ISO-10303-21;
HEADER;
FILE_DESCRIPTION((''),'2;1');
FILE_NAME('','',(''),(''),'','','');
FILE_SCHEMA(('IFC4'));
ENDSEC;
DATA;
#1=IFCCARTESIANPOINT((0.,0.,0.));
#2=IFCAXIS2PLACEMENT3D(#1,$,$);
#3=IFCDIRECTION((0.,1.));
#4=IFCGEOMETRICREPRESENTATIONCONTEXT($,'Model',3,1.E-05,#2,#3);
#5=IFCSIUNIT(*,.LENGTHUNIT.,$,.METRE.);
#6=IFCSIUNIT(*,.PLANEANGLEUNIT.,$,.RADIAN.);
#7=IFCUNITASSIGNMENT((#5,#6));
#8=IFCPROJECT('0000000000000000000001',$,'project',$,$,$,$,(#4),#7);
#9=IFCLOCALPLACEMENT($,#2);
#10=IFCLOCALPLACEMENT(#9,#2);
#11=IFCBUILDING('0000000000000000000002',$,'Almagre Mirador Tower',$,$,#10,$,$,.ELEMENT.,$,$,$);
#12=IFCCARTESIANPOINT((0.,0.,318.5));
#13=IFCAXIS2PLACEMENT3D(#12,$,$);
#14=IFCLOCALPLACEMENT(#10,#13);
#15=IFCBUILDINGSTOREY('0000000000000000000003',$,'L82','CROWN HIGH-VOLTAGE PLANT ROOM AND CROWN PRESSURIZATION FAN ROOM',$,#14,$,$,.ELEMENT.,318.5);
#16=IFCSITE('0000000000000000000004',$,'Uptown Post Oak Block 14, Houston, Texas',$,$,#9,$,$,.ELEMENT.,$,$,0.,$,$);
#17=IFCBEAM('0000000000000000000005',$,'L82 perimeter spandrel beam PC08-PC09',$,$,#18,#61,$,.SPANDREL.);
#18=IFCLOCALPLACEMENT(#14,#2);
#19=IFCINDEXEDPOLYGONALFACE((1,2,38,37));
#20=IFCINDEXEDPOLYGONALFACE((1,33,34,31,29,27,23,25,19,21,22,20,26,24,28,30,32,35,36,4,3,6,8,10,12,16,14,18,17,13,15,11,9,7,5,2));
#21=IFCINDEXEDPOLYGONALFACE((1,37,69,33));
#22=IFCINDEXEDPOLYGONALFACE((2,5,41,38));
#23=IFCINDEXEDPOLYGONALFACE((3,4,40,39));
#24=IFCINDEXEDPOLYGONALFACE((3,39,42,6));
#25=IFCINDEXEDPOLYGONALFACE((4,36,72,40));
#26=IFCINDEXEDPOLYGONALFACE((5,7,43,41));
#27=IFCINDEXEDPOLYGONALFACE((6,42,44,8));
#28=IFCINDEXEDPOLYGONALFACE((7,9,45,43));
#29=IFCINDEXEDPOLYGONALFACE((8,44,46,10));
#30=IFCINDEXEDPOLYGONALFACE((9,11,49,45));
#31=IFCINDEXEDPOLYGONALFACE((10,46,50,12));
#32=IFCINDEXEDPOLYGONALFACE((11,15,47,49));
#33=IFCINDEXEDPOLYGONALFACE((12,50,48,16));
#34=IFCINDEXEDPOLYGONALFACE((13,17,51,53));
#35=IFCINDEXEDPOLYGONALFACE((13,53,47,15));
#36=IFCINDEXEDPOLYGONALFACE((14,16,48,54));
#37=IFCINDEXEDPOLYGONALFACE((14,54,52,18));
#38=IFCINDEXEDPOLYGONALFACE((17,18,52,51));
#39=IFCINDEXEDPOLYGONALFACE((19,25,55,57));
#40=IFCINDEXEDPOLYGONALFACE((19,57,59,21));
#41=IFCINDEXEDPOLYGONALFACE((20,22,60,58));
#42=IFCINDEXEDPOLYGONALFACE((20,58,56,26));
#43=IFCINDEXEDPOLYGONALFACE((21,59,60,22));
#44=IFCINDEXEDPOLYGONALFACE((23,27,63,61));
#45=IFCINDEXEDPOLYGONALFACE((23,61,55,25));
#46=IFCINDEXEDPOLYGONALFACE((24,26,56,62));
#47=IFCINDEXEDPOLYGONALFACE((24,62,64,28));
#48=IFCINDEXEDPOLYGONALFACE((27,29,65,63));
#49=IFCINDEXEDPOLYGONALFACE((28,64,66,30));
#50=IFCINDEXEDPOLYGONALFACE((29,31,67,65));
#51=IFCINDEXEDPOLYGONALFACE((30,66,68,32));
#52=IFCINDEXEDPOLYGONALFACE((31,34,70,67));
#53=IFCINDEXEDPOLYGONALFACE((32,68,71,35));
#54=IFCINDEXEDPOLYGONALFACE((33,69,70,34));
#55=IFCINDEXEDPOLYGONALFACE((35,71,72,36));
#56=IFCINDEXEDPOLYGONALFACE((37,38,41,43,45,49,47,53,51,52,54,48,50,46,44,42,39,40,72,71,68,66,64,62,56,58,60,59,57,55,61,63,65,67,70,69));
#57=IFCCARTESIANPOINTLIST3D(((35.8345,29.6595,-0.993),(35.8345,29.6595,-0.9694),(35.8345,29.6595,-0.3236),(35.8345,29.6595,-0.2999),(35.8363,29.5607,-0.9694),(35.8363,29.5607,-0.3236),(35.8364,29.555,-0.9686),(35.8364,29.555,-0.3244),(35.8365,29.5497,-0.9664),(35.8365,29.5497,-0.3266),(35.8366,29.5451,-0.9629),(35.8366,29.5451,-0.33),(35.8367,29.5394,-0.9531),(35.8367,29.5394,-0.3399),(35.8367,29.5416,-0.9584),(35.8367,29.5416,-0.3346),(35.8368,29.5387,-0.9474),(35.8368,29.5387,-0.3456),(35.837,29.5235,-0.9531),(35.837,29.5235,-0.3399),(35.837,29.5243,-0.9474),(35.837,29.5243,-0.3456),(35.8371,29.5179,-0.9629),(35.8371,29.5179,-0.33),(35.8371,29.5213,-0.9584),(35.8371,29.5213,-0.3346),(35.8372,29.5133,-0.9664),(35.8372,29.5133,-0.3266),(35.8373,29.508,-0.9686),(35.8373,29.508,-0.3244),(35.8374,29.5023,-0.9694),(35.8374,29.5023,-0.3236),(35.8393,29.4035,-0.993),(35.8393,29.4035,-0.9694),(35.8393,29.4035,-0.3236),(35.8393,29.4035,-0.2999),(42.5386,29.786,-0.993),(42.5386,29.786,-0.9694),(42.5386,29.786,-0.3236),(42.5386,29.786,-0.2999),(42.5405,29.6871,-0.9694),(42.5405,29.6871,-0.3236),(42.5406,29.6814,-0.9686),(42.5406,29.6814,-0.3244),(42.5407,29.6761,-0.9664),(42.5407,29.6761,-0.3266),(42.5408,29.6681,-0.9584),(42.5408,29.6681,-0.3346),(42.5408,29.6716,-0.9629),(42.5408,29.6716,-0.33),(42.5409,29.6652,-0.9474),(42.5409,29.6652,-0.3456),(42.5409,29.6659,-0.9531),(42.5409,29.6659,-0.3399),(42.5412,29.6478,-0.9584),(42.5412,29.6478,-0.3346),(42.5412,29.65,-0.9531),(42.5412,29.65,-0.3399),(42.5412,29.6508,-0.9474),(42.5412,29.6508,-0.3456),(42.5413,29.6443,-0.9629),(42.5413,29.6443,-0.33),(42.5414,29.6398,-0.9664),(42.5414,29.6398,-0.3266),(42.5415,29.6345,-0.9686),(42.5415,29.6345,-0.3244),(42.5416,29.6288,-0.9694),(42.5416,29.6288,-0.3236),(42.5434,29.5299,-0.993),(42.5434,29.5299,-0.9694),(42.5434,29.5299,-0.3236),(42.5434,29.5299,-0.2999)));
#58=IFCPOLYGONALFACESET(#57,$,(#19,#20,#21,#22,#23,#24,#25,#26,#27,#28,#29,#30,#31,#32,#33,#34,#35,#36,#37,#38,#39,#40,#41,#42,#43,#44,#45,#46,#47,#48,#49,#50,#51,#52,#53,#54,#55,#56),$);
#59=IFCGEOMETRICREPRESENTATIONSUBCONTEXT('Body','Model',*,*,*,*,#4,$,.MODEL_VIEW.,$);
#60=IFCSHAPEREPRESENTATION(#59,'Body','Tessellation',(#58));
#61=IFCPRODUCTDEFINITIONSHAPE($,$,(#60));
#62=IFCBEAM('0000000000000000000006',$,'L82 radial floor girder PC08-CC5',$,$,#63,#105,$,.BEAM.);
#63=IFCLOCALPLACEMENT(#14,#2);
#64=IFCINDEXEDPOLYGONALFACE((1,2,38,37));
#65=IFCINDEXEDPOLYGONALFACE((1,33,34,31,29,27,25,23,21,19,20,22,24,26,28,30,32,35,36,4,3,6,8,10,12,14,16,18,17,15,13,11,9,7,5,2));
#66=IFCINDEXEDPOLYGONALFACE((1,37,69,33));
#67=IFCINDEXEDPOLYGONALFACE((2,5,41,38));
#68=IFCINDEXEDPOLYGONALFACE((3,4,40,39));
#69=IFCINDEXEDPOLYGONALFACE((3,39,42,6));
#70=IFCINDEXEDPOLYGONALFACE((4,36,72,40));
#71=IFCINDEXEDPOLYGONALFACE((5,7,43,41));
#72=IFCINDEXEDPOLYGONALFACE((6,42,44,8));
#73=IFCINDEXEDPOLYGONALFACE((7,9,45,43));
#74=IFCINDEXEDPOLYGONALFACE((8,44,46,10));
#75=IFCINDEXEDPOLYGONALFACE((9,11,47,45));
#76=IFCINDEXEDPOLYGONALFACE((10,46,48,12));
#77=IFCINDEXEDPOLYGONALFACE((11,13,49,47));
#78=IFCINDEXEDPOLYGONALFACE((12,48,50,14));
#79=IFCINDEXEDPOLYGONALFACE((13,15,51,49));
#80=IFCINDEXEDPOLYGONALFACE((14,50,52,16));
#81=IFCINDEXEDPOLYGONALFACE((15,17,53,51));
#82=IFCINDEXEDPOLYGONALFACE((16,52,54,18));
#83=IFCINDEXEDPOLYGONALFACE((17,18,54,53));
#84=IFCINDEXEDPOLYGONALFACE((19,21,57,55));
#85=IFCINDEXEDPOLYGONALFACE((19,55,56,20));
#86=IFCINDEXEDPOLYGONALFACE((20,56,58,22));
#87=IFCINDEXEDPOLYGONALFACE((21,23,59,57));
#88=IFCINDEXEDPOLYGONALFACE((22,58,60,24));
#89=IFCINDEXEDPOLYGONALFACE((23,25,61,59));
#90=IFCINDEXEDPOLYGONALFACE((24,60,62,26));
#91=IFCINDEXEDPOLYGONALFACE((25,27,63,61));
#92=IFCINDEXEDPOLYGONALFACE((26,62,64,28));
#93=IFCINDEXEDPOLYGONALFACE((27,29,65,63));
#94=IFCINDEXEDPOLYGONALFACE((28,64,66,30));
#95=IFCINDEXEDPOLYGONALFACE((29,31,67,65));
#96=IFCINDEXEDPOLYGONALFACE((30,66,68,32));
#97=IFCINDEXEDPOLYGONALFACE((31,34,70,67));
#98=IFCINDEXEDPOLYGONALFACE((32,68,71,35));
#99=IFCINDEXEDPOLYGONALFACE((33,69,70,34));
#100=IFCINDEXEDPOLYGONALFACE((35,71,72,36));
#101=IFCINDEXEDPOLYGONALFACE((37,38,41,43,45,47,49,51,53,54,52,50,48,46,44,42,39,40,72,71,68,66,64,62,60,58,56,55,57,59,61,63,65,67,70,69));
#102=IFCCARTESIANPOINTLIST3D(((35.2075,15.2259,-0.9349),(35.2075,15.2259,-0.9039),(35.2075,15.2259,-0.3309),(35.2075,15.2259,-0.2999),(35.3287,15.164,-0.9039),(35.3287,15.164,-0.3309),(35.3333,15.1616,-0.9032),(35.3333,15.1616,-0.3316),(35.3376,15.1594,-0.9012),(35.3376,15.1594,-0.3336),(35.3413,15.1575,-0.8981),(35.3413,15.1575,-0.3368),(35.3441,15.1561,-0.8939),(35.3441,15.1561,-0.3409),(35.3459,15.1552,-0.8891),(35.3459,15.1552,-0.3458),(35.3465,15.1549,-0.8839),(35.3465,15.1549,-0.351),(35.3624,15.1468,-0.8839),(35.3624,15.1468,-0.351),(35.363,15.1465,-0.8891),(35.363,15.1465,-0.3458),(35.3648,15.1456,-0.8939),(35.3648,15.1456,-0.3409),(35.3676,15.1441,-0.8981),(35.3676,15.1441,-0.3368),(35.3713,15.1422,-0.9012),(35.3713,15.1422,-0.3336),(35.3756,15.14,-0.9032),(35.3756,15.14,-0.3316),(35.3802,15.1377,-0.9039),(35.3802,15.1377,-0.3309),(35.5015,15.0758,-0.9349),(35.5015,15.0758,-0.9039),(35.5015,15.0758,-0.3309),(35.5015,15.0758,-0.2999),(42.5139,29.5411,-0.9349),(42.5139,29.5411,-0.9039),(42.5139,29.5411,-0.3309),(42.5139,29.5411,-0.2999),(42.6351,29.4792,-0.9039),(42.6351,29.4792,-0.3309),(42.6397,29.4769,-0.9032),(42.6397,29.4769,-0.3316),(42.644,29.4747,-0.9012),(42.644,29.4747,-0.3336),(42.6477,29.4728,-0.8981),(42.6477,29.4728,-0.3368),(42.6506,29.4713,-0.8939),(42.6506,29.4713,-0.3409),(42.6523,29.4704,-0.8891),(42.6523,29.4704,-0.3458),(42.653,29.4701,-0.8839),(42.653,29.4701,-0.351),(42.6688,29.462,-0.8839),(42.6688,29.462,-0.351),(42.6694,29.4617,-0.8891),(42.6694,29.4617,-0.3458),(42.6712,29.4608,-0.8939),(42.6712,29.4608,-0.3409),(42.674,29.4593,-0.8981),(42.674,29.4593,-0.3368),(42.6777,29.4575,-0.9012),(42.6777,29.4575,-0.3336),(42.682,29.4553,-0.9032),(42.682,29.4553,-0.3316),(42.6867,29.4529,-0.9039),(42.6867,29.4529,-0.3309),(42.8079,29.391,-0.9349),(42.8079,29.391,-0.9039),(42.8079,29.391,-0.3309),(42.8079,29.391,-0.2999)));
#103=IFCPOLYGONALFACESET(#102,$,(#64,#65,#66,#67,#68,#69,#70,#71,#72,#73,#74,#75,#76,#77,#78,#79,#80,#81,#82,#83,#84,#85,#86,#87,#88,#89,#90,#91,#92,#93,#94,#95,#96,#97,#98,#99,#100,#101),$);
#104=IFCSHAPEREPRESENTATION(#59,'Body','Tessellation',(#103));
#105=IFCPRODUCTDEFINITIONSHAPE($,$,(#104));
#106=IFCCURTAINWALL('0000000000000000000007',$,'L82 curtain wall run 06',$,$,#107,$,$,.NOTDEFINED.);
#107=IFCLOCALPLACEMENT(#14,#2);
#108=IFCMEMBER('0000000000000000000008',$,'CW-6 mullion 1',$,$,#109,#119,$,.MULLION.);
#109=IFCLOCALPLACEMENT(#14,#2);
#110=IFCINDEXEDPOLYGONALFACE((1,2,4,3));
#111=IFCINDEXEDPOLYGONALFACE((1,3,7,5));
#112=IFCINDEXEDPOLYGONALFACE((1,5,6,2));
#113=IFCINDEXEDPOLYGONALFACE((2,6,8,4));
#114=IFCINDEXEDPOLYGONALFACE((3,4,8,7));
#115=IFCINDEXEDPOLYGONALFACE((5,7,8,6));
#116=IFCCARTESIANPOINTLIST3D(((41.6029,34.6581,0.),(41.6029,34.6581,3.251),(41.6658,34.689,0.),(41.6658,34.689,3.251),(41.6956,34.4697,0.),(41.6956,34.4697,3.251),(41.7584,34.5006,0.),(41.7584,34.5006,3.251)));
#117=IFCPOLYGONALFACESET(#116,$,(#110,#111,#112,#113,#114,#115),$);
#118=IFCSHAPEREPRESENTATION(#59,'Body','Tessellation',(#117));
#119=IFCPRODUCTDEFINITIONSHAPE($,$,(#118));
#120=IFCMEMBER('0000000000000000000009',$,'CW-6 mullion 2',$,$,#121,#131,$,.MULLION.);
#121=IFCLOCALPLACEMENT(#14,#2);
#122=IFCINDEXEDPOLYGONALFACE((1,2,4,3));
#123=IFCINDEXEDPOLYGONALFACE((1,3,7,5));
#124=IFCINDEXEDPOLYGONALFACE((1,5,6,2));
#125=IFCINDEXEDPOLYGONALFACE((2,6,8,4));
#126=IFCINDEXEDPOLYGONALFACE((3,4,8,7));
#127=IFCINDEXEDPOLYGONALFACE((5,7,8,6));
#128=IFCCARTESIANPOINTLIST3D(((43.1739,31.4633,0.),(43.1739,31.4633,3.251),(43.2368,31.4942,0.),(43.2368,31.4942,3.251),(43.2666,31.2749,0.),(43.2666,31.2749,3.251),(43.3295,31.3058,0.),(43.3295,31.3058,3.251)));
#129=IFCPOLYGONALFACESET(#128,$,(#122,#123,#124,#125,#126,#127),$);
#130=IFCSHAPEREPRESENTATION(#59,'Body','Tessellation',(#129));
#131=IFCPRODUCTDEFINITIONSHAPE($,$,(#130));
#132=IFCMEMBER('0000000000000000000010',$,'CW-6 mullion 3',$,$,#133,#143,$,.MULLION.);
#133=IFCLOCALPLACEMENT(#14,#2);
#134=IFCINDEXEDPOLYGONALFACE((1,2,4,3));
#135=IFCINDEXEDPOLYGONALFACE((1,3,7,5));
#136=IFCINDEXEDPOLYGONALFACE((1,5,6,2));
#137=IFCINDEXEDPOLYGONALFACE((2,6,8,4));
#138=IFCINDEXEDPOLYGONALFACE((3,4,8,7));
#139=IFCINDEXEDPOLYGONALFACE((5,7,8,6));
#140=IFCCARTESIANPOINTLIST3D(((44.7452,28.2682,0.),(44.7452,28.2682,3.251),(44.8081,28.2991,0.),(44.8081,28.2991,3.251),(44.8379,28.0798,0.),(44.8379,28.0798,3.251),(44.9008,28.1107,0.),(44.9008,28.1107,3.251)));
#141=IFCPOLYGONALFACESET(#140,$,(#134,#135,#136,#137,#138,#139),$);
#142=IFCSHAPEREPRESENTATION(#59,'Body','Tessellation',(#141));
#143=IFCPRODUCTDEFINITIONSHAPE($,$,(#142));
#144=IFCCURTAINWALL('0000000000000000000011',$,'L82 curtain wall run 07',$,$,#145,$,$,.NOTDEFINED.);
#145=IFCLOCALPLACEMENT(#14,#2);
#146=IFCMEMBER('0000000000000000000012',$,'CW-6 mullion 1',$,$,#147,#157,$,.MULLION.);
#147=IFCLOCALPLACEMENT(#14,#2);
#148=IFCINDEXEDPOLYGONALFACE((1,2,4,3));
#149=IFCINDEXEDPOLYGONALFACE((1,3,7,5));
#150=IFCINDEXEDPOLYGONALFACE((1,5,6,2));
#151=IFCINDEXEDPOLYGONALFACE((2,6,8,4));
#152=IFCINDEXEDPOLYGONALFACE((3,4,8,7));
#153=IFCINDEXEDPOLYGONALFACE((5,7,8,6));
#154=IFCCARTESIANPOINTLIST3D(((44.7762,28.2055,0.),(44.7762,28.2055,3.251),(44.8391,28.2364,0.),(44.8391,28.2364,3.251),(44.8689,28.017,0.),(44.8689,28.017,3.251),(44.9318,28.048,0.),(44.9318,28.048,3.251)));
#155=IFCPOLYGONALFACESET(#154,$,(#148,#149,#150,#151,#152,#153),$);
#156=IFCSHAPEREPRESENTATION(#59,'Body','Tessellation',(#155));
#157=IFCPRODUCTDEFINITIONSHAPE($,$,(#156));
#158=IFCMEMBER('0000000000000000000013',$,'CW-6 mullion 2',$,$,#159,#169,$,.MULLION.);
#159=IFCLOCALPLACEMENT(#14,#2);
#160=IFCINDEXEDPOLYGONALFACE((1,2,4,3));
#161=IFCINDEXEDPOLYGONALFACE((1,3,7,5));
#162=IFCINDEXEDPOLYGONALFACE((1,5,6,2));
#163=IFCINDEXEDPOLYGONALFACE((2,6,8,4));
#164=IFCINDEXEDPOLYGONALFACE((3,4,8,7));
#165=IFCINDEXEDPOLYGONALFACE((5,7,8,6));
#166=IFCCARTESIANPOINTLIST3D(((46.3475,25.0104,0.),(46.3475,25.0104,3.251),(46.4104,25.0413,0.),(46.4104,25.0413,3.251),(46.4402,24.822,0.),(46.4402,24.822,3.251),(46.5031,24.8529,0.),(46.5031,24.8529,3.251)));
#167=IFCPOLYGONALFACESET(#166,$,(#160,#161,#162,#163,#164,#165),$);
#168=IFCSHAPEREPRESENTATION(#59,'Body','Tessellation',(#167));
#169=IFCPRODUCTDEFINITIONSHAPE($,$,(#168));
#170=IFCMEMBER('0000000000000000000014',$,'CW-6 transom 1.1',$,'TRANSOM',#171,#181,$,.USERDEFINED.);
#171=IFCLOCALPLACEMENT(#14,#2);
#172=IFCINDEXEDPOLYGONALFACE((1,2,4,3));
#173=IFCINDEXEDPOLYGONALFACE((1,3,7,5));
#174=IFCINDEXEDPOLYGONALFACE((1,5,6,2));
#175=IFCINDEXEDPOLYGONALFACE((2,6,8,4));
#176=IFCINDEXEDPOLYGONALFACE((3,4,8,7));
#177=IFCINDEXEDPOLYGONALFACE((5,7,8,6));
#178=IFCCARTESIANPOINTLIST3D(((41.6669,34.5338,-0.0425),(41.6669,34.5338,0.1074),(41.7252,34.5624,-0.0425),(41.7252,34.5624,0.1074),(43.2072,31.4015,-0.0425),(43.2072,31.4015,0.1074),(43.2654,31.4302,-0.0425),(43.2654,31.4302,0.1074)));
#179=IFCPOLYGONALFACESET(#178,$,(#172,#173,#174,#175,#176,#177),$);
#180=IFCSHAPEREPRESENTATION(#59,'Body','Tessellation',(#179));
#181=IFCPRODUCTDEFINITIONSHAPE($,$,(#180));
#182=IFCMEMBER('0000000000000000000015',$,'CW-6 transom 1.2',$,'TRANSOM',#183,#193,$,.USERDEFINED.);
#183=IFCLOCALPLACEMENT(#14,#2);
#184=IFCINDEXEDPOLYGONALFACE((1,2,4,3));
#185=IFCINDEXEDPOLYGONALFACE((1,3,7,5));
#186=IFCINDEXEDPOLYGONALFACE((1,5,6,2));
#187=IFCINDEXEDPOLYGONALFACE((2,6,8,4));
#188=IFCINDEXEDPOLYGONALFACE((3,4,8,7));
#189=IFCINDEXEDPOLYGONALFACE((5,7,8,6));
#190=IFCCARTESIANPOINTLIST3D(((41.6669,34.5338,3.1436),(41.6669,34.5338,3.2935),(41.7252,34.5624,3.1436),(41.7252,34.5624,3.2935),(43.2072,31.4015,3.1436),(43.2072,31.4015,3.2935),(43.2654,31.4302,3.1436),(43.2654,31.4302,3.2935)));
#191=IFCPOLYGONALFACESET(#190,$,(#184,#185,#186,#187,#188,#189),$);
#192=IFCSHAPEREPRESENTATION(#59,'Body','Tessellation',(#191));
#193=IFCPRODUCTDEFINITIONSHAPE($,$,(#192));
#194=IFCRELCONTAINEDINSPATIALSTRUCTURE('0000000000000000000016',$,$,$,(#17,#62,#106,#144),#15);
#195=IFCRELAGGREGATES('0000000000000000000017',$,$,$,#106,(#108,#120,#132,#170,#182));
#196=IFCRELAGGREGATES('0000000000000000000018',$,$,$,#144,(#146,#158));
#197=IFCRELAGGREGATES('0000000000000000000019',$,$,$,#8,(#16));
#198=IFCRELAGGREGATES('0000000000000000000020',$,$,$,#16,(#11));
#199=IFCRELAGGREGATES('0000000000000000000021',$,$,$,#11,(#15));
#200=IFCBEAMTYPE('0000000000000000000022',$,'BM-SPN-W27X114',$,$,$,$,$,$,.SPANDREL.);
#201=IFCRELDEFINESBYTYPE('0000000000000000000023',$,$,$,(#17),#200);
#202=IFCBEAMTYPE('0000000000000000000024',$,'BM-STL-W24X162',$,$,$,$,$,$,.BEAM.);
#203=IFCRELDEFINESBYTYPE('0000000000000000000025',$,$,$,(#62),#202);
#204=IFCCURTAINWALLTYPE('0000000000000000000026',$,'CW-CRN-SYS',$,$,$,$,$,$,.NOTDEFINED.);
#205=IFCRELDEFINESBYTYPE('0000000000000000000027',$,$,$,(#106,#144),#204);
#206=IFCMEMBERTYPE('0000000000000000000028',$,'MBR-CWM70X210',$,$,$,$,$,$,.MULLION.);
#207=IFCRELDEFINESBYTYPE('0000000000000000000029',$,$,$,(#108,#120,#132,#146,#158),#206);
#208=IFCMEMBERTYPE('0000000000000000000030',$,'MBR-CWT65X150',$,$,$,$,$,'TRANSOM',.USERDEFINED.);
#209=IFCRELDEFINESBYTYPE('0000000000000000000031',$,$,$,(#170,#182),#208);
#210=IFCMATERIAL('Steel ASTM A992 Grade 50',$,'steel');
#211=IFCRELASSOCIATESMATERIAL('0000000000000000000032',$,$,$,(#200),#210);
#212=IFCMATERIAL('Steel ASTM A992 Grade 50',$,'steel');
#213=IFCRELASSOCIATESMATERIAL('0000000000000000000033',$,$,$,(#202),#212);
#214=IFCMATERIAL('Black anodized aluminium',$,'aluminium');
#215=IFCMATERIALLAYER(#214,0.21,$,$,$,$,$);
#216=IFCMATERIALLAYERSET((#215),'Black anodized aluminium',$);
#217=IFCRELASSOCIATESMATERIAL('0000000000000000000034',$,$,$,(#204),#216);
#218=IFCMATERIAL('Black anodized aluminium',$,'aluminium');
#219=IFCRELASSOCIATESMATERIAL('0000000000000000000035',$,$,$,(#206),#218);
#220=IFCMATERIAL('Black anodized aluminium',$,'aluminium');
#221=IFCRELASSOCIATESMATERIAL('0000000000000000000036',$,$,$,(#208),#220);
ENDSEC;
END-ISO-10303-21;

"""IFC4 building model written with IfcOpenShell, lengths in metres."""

from ifc_helpers import new_model, si_unit, direction, frame, origin, origin_2d, place, context, subcontext, project, spatial, rectangle, i_section, extrude, material, layer, layer_set, material_profile, profile_set, type_object, element, aggregate, save


model = new_model("IFC4")

# Units and contexts
model_context = context("Model", 3, precision=1e-05, world=origin(), true_north=direction((0.0, 1.0)))
body_context = subcontext(model_context, "Body", "Model", "MODEL_VIEW")
ifc_project = project(units=[si_unit("LENGTHUNIT", "METRE"), si_unit("PLANEANGLEUNIT", "RADIAN")], contexts=[model_context])

# Site, building, storey
site_placement = place(None, origin())
site = spatial("IfcSite", under=ifc_project, at=site_placement, Name="Uptown Post Oak Block 14, Houston, Texas", CompositionType="ELEMENT", RefElevation=0.0)
building_placement = place(site_placement, origin())
building = spatial("IfcBuilding", under=site, at=building_placement, Name="Almagre Mirador Tower", CompositionType="ELEMENT")
storey_placement = place(building_placement, frame((0.0, 0.0, 318.5)))
storey = spatial("IfcBuildingStorey", under=building, at=storey_placement, Name="L82", Description="CROWN HIGH-VOLTAGE PLANT ROOM AND CROWN PRESSURIZATION FAN ROOM", CompositionType="ELEMENT", Elevation=318.5)

# Beams
ifc_material_1 = material(Name="Steel ASTM A992 Grade 50", Category="steel")
ifc_material_profile_1 = material_profile(ifc_material_1, i_section(OverallWidth=0.2561, OverallDepth=0.6931, WebThickness=0.0144, FlangeThickness=0.0237, FilletRadius=0.022, at=origin_2d()), Name="W27X114")
ifc_profile_set_1 = profile_set([ifc_material_profile_1], Name="Steel ASTM A992 Grade 50")
beam_type_1 = type_object("IfcBeamType", Name="BM-SPN-W27X114", PredefinedType="SPANDREL", material=ifc_profile_set_1)
beam_1_placement = place(storey_placement, frame((42.541, 29.658, -0.6465), z_axis=(-0.999822, -0.01886, 0.0), x_axis=(0.01886, -0.999822, 0.0)))
element("IfcBeam", 1, at=beam_1_placement, inside=storey, type_object=beam_type_1, Name="L82 perimeter spandrel beam PC08-PC09", PredefinedType="SPANDREL", context=body_context, shape_type="SweptSolid", body=[
    extrude(i_section(OverallWidth=0.2561, OverallDepth=0.6931, WebThickness=0.0144, FlangeThickness=0.0237, FilletRadius=0.022, at=origin_2d()), origin(), (0.0, 0.0, 1.0), 6.7053),
])
ifc_material_2 = material(Name="Steel ASTM A992 Grade 50", Category="steel")
ifc_material_profile_2 = material_profile(ifc_material_2, i_section(OverallWidth=0.3301, OverallDepth=0.635, WebThickness=0.0178, FlangeThickness=0.031, FilletRadius=0.02, at=origin_2d()), Name="W24X162")
ifc_profile_set_2 = profile_set([ifc_material_profile_2], Name="Steel ASTM A992 Grade 50")
beam_type_2 = type_object("IfcBeamType", Name="BM-STL-W24X162", PredefinedType="BEAM", material=ifc_profile_set_2)
beam_2_placement = place(storey_placement, frame((42.6609, 29.4661, -0.6174), z_axis=(-0.454605, -0.890693, 0.0), x_axis=(0.890693, -0.454605, 0.0)))
element("IfcBeam", 2, at=beam_2_placement, inside=storey, type_object=beam_type_2, Name="L82 radial floor girder PC08-CC5", PredefinedType="BEAM", context=body_context, shape_type="SweptSolid", body=[
    extrude(i_section(OverallWidth=0.3301, OverallDepth=0.635, WebThickness=0.0178, FlangeThickness=0.031, FilletRadius=0.02, at=origin_2d()), origin(), (0.0, 0.0, 1.0), 16.072),
])

# Curtain walls, members
ifc_material_3 = material(Name="Black anodized aluminium", Category="aluminium")
ifc_layer_1 = layer(ifc_material_3, 0.21)
ifc_layer_set_1 = layer_set([ifc_layer_1], Name="Black anodized aluminium")
curtain_wall_type = type_object("IfcCurtainWallType", Name="CW-CRN-SYS", PredefinedType="NOTDEFINED", material=ifc_layer_set_1)
curtain_wall_1_placement = place(storey_placement, origin())
curtain_wall_1 = element("IfcCurtainWall", 3, at=curtain_wall_1_placement, inside=storey, type_object=curtain_wall_type, Name="L82 curtain wall run 06", PredefinedType="NOTDEFINED")
ifc_material_4 = material(Name="Black anodized aluminium", Category="aluminium")
ifc_material_profile_3 = material_profile(ifc_material_4, rectangle(XDim=0.0701, YDim=0.21, at=origin_2d()), Name="CWM70X210")
ifc_profile_set_3 = profile_set([ifc_material_profile_3], Name="Black anodized aluminium")
member_type_1 = type_object("IfcMemberType", Name="MBR-CWM70X210", PredefinedType="MULLION", material=ifc_profile_set_3)
member_1_placement = place(storey_placement, frame((41.6807, 34.5793, 0.0), z_axis=(0.0, 0.0, 1.0), x_axis=(0.897356, 0.441308, 0.0)))
member_1 = element("IfcMember", 4, at=member_1_placement, type_object=member_type_1, Name="CW-6 mullion 1", PredefinedType="MULLION", context=body_context, shape_type="SweptSolid", body=[
    extrude(rectangle(XDim=0.0701, YDim=0.21, at=origin_2d()), origin(), (0.0, 0.0, 1.0), 3.251),
])
member_2_placement = place(storey_placement, frame((43.2517, 31.3845, 0.0), z_axis=(0.0, 0.0, 1.0), x_axis=(0.897356, 0.441308, 0.0)))
member_2 = element("IfcMember", 5, at=member_2_placement, type_object=member_type_1, Name="CW-6 mullion 2", PredefinedType="MULLION", context=body_context, shape_type="SweptSolid", body=[
    extrude(rectangle(XDim=0.0701, YDim=0.21, at=origin_2d()), origin(), (0.0, 0.0, 1.0), 3.251),
])
member_3_placement = place(storey_placement, frame((44.823, 28.1895, 0.0), z_axis=(0.0, 0.0, 1.0), x_axis=(0.897356, 0.441308, 0.0)))
member_3 = element("IfcMember", 6, at=member_3_placement, type_object=member_type_1, Name="CW-6 mullion 3", PredefinedType="MULLION", context=body_context, shape_type="SweptSolid", body=[
    extrude(rectangle(XDim=0.0701, YDim=0.21, at=origin_2d()), origin(), (0.0, 0.0, 1.0), 3.251),
])
curtain_wall_2_placement = place(storey_placement, origin())
curtain_wall_2 = element("IfcCurtainWall", 7, at=curtain_wall_2_placement, inside=storey, type_object=curtain_wall_type, Name="L82 curtain wall run 07", PredefinedType="NOTDEFINED")
member_4_placement = place(storey_placement, frame((44.854, 28.1267, 0.0), z_axis=(0.0, 0.0, 1.0), x_axis=(0.897356, 0.441308, 0.0)))
member_4 = element("IfcMember", 8, at=member_4_placement, type_object=member_type_1, Name="CW-6 mullion 1", PredefinedType="MULLION", context=body_context, shape_type="SweptSolid", body=[
    extrude(rectangle(XDim=0.0701, YDim=0.21, at=origin_2d()), origin(), (0.0, 0.0, 1.0), 3.251),
])
member_5_placement = place(storey_placement, frame((46.4253, 24.9316, 0.0), z_axis=(0.0, 0.0, 1.0), x_axis=(0.897356, 0.441308, 0.0)))
member_5 = element("IfcMember", 9, at=member_5_placement, type_object=member_type_1, Name="CW-6 mullion 2", PredefinedType="MULLION", context=body_context, shape_type="SweptSolid", body=[
    extrude(rectangle(XDim=0.0701, YDim=0.21, at=origin_2d()), origin(), (0.0, 0.0, 1.0), 3.251),
])

# Members
ifc_material_5 = material(Name="Black anodized aluminium", Category="aluminium")
ifc_material_profile_4 = material_profile(ifc_material_5, rectangle(XDim=0.0649, YDim=0.1499, at=origin_2d()), Name="CWT65X150")
ifc_profile_set_4 = profile_set([ifc_material_profile_4], Name="Black anodized aluminium")
member_type_2 = type_object("IfcMemberType", Name="MBR-CWT65X150", ElementType="TRANSOM", PredefinedType="USERDEFINED", material=ifc_profile_set_4)
member_6_placement = place(storey_placement, frame((41.696, 34.5481, 0.0325), z_axis=(0.441273, -0.897373, 0.0), x_axis=(0.897373, 0.441273, 0.0)))
member_6 = element("IfcMember", 10, at=member_6_placement, type_object=member_type_2, Name="CW-6 transom 1.1", ObjectType="TRANSOM", PredefinedType="USERDEFINED", context=body_context, shape_type="SweptSolid", body=[
    extrude(rectangle(XDim=0.0649, YDim=0.1499, at=origin_2d()), origin(), (0.0, 0.0, 1.0), 3.4905),
])
member_7_placement = place(storey_placement, frame((41.696, 34.5481, 3.2185), z_axis=(0.441273, -0.897373, 0.0), x_axis=(0.897373, 0.441273, 0.0)))
member_7 = element("IfcMember", 11, at=member_7_placement, type_object=member_type_2, Name="CW-6 transom 1.2", ObjectType="TRANSOM", PredefinedType="USERDEFINED", context=body_context, shape_type="SweptSolid", body=[
    extrude(rectangle(XDim=0.0649, YDim=0.1499, at=origin_2d()), origin(), (0.0, 0.0, 1.0), 3.4905),
])

aggregate(curtain_wall_1, [member_1, member_2, member_3, member_6, member_7])
aggregate(curtain_wall_2, [member_4, member_5])

save(model, "model.ifc")
